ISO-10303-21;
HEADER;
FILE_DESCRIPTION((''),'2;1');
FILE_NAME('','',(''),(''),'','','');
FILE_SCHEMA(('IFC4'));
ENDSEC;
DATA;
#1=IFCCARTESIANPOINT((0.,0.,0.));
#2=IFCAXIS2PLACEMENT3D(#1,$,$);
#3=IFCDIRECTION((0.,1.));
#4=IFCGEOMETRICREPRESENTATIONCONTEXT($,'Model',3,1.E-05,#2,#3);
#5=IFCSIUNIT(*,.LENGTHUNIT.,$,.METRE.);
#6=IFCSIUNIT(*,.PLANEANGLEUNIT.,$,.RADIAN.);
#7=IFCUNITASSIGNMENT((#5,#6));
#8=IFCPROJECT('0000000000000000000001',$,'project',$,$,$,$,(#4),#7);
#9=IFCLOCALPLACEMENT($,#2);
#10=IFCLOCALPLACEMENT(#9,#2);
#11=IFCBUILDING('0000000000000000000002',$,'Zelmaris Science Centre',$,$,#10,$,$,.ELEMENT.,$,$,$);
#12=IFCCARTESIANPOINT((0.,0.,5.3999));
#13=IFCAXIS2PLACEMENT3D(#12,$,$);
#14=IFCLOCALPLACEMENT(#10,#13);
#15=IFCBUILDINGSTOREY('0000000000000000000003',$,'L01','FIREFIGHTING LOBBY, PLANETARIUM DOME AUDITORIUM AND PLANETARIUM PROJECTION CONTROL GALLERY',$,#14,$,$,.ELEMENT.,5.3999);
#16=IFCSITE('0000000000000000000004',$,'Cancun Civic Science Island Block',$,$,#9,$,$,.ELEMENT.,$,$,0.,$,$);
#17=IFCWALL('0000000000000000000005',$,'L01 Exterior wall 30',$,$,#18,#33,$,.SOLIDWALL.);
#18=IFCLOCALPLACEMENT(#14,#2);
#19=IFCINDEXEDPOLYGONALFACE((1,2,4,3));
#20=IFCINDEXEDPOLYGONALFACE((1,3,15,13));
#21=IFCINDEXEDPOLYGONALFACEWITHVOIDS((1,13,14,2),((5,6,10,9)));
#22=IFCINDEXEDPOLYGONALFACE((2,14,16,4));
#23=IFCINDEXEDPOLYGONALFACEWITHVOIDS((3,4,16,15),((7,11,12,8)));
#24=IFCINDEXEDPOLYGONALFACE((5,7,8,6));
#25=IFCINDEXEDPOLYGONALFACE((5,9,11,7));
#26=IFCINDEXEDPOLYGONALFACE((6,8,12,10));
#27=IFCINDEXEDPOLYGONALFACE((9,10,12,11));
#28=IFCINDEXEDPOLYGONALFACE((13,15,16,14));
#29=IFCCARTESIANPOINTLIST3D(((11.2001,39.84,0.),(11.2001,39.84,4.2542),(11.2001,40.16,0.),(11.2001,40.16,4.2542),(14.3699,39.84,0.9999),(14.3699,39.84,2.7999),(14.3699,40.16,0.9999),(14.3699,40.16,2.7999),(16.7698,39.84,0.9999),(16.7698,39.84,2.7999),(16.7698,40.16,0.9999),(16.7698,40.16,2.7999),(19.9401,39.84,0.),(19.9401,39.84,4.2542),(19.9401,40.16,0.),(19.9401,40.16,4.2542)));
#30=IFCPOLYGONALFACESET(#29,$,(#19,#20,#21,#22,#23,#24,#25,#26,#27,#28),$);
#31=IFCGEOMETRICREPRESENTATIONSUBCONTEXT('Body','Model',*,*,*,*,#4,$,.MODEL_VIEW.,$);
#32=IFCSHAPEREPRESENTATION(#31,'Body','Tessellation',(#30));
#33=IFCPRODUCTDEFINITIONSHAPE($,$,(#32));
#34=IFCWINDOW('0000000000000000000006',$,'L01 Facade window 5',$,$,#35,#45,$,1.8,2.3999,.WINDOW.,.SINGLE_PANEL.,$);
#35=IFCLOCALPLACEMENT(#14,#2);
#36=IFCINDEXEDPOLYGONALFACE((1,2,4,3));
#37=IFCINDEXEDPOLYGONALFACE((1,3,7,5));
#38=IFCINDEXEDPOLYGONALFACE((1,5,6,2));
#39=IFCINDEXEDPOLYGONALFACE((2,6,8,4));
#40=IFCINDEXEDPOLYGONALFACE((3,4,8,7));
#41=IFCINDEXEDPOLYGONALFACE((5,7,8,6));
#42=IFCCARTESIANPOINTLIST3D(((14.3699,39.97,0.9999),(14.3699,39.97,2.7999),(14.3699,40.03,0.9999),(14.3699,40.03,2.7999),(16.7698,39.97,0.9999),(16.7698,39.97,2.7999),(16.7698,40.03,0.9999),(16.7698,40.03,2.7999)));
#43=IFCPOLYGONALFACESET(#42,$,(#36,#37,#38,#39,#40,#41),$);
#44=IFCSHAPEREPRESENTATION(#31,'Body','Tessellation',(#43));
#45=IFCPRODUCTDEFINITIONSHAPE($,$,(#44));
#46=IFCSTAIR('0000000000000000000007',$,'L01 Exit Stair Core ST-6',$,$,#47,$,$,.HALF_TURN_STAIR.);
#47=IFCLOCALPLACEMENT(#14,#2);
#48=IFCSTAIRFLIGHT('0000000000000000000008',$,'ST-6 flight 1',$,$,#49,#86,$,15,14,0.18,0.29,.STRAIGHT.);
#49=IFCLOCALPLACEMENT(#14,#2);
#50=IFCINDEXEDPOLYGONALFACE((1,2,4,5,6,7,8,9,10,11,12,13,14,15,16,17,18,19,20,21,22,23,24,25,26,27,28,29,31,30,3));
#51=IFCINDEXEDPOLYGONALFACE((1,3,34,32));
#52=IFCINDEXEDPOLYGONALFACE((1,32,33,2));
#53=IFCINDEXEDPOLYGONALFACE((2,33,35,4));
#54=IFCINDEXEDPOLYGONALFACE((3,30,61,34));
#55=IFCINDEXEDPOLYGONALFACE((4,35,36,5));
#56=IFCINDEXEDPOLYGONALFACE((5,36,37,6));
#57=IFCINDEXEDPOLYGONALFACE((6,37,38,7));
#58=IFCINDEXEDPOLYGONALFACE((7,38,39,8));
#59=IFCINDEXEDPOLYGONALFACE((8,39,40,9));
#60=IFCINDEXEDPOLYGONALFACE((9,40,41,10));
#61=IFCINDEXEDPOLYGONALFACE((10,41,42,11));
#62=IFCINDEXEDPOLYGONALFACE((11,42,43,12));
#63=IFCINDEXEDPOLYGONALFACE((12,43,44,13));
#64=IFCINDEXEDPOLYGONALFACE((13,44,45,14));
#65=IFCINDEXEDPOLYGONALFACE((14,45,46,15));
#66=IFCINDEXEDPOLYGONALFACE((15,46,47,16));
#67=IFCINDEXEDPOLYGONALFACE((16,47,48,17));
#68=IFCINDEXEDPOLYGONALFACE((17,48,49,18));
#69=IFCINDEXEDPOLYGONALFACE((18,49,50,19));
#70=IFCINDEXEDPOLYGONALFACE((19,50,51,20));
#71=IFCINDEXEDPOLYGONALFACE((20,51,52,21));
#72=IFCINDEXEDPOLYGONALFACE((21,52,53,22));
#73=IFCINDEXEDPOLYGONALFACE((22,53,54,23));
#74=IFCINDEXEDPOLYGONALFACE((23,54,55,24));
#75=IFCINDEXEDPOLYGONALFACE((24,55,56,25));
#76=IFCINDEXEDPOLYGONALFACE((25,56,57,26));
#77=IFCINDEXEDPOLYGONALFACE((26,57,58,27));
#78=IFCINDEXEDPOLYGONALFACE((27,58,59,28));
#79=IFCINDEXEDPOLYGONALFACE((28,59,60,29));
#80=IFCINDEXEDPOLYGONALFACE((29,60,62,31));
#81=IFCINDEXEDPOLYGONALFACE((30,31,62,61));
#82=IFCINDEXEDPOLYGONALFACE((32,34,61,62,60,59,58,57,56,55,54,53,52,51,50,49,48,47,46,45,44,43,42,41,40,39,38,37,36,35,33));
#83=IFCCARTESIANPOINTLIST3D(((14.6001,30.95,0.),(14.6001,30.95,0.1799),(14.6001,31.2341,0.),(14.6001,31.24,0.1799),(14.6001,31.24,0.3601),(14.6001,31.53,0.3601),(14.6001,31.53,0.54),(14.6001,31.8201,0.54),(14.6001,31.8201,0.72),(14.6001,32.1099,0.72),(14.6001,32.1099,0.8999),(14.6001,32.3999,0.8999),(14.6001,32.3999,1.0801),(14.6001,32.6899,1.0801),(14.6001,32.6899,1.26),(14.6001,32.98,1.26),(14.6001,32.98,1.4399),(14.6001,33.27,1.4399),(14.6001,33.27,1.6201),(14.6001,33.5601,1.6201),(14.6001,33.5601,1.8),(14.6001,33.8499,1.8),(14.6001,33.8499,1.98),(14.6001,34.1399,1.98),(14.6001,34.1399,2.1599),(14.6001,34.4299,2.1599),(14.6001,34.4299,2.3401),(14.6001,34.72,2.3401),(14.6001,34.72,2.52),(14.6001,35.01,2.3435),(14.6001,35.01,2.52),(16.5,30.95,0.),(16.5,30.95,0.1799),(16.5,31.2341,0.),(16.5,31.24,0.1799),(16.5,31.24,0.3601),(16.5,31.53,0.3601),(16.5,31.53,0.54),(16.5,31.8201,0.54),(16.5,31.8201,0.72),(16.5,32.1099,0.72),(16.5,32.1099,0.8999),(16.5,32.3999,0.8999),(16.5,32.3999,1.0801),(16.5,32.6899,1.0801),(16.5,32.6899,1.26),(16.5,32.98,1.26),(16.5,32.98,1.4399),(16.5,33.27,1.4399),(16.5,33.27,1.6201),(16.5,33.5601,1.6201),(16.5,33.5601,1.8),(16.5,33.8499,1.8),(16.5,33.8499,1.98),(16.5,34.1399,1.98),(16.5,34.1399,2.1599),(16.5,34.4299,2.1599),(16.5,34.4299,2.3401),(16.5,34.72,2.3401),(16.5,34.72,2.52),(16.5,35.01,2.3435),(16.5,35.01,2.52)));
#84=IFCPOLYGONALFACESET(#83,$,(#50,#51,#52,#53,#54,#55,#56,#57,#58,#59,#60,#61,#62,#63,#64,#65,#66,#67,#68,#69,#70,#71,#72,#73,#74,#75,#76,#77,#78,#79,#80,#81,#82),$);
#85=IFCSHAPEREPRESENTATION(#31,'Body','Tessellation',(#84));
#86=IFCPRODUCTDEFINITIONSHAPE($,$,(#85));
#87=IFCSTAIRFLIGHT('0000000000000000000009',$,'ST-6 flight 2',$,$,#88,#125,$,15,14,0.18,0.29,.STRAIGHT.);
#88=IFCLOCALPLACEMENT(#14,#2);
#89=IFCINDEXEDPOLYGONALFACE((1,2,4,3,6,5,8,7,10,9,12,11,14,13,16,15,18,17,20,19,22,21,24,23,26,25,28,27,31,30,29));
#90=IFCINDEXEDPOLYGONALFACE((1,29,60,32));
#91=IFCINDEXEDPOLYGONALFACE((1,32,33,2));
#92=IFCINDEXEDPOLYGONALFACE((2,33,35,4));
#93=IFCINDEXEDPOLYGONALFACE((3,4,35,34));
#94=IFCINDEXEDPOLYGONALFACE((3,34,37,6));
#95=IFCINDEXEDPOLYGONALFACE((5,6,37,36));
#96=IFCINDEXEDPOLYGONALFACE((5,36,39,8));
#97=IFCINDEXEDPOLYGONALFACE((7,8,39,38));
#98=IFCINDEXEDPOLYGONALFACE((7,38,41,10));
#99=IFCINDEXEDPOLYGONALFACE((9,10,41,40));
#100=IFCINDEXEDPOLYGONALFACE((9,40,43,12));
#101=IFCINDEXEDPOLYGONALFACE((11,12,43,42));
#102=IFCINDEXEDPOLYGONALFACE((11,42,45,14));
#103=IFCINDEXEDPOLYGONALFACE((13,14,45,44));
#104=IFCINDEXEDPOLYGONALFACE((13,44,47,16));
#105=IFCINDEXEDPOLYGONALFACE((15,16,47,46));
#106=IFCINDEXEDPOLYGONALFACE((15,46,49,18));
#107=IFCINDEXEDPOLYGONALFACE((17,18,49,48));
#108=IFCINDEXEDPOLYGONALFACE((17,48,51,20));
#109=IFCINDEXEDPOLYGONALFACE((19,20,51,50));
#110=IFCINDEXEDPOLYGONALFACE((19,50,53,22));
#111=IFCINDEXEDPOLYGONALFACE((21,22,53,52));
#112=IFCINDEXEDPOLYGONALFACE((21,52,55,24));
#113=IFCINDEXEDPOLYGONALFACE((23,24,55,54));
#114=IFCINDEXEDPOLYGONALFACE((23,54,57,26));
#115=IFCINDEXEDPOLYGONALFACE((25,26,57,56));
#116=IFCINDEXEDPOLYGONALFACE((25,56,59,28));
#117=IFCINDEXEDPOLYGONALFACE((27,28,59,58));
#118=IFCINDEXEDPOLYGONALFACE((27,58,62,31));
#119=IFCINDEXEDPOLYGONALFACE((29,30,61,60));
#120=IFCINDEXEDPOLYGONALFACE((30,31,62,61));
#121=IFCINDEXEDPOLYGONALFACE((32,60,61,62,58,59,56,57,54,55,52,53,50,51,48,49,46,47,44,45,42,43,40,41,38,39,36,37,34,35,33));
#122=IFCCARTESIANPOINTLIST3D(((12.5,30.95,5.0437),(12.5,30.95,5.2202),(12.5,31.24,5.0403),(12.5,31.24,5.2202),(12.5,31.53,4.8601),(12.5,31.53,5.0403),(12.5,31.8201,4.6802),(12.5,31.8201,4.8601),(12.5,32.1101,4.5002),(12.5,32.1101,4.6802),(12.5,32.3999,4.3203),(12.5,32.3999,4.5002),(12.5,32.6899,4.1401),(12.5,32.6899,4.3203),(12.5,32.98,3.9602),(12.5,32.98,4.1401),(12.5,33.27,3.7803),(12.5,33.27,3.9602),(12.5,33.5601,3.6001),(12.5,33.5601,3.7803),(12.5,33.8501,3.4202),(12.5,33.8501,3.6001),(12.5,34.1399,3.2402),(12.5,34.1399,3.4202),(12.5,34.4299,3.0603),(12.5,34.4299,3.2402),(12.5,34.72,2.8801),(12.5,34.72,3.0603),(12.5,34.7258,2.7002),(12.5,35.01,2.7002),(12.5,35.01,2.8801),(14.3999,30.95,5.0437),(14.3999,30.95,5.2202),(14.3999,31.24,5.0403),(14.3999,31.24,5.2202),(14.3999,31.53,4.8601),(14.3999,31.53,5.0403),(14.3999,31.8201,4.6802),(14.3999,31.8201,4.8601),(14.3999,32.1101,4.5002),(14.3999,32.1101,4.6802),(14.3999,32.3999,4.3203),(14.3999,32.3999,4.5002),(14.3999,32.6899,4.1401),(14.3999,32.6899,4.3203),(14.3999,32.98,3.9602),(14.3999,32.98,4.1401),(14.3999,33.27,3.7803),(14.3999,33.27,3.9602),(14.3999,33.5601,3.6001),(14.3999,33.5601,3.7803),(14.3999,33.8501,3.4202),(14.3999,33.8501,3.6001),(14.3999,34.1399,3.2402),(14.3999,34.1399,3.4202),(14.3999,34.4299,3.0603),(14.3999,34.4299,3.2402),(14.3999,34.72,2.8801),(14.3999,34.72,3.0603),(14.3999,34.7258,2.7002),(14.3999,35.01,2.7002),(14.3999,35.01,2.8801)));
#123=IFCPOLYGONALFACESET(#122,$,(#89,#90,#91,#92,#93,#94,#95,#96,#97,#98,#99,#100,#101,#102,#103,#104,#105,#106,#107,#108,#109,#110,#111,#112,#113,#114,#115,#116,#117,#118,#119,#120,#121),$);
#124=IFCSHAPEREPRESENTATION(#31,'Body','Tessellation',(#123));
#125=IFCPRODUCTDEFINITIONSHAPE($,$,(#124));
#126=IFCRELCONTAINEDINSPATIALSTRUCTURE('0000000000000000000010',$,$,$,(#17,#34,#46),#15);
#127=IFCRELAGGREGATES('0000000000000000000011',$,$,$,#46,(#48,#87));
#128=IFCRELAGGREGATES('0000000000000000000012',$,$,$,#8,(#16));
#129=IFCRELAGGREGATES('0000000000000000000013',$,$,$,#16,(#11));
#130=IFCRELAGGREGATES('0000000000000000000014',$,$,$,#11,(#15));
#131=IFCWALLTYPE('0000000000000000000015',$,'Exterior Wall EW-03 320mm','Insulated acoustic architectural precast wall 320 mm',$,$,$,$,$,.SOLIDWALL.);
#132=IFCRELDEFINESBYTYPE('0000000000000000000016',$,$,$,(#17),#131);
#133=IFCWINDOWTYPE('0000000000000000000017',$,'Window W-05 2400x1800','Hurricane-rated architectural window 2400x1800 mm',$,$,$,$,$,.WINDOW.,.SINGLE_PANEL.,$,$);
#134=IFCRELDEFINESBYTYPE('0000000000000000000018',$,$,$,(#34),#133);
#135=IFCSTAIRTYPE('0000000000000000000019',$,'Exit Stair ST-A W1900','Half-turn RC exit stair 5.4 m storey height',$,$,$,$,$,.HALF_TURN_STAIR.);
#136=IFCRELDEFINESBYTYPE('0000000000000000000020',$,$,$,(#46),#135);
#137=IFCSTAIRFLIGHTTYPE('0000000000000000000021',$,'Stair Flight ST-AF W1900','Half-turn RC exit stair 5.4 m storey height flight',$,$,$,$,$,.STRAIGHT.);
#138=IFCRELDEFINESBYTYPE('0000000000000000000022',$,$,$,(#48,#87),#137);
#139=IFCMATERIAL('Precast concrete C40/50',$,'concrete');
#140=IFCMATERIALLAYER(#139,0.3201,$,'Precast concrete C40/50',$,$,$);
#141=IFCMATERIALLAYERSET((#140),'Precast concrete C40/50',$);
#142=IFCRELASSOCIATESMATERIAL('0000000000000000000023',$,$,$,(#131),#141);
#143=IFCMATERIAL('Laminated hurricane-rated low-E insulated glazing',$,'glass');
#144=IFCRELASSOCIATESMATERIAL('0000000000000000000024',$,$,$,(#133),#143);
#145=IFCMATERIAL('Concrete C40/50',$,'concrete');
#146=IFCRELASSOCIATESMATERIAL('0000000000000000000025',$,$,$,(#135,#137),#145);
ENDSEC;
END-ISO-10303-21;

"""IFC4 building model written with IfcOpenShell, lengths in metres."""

from ifc_helpers import new_model, si_unit, direction, frame, frame_2d, origin, place, context, subcontext, project, spatial, polyline, rectangle, outline, extrude, material, layer, layer_set, type_object, element, fill, aggregate, save


model = new_model("IFC4")

# Units and contexts
model_context = context("Model", 3, precision=1e-05, world=origin(), true_north=direction((0.0, 1.0)))
body_context = subcontext(model_context, "Body", "Model", "MODEL_VIEW")
ifc_project = project(units=[si_unit("LENGTHUNIT", "METRE"), si_unit("PLANEANGLEUNIT", "RADIAN")], contexts=[model_context])

# Site, building, storey
site_placement = place(None, origin())
site = spatial("IfcSite", under=ifc_project, at=site_placement, Name="Cancun Civic Science Island Block", CompositionType="ELEMENT", RefElevation=0.0)
building_placement = place(site_placement, origin())
building = spatial("IfcBuilding", under=site, at=building_placement, Name="Zelmaris Science Centre", CompositionType="ELEMENT")
storey_placement = place(building_placement, frame((0.0, 0.0, 5.3999)))
storey = spatial("IfcBuildingStorey", under=building, at=storey_placement, Name="L01", Description="FIREFIGHTING LOBBY, PLANETARIUM DOME AUDITORIUM AND PLANETARIUM PROJECTION CONTROL GALLERY", CompositionType="ELEMENT", Elevation=5.3999)

# Shared definitions
ifc_material_1 = material(Name="Concrete C40/50", Category="concrete")
ifc_material_2 = material(Name="Precast concrete C40/50", Category="concrete")
ifc_layer_1 = layer(ifc_material_2, 0.3201, Name="Precast concrete C40/50")
ifc_layer_set_1 = layer_set([ifc_layer_1], Name="Precast concrete C40/50")
wall_type_1 = type_object("IfcWallType", Name="Exterior Wall EW-03 320mm", Description="Insulated acoustic architectural precast wall 320 mm", PredefinedType="SOLIDWALL", material=ifc_layer_set_1)

# Wall, opening, window
wall_1_placement = place(storey_placement, frame((11.2, 40.0, 0.0), z_axis=(0.0, 0.0, 1.0), x_axis=(1.0, 0.0, 0.0)))
wall_1 = element("IfcWall", 1, at=wall_1_placement, inside=storey, type_object=wall_type_1, Name="L01 Exterior wall 30", PredefinedType="SOLIDWALL", context=body_context, shape_type="SweptSolid", body=[
    extrude(rectangle(XDim=8.74, YDim=0.3201, at=frame_2d((4.3701, 0.0))), origin(), (0.0, 0.0, 1.0), 4.2542),
])
opening_placement = place(wall_1_placement, frame((3.1699, 0.0, 1.0)))
opening = element("IfcOpeningElement", 2, at=opening_placement, cuts=wall_1, PredefinedType="OPENING", context=body_context, shape_type="SweptSolid", body=[
    extrude(rectangle(XDim=2.3999, YDim=1.8, at=frame_2d((1.2, 0.8999))), frame((0.0, 0.1699, 0.0), z_axis=(0.0, -1.0, 0.0), x_axis=(1.0, 0.0, 0.0)), (0.0, 0.0, 1.0), 0.3401),
])
ifc_material_3 = material(Name="Laminated hurricane-rated low-E insulated glazing", Category="glass")
window_type = type_object("IfcWindowType", Name="Window W-05 2400x1800", Description="Hurricane-rated architectural window 2400x1800 mm", PartitioningType="SINGLE_PANEL", PredefinedType="WINDOW", material=ifc_material_3)
window_placement = place(opening_placement, origin())
window = element("IfcWindow", 3, at=window_placement, inside=storey, type_object=window_type, Name="L01 Facade window 5", OverallHeight=1.8, OverallWidth=2.3999, PartitioningType="SINGLE_PANEL", PredefinedType="WINDOW", context=body_context, shape_type="SweptSolid", body=[
    extrude(rectangle(XDim=2.3999, YDim=1.8, at=frame_2d((1.2, 0.8999))), frame((0.0, 0.03, 0.0), z_axis=(0.0, -1.0, 0.0), x_axis=(1.0, 0.0, 0.0)), (0.0, 0.0, 1.0), 0.0601),
])
fill(opening, window)

# Stair, stair flights
stair_type = type_object("IfcStairType", Name="Exit Stair ST-A W1900", Description="Half-turn RC exit stair 5.4 m storey height", PredefinedType="HALF_TURN_STAIR", material=ifc_material_1)
stair_placement = place(storey_placement, origin())
stair = element("IfcStair", 4, at=stair_placement, inside=storey, type_object=stair_type, Name="L01 Exit Stair Core ST-6", PredefinedType="HALF_TURN_STAIR")
stair_flight_type = type_object("IfcStairFlightType", Name="Stair Flight ST-AF W1900", Description="Half-turn RC exit stair 5.4 m storey height flight", PredefinedType="STRAIGHT", material=ifc_material_1)
stair_flight_1_placement = place(storey_placement, frame((15.55, 30.95, 0.0), z_axis=(0.0, 0.0, 1.0), x_axis=(0.0, 1.0, 0.0)))
stair_flight_1 = element("IfcStairFlight", 5, at=stair_flight_1_placement, type_object=stair_flight_type, Name="ST-6 flight 1", NumberOfRisers=15, NumberOfTreads=14, PredefinedType="STRAIGHT", RiserHeight=0.18, TreadLength=0.29, context=body_context, shape_type="SweptSolid", body=[
    extrude(outline(polyline([(0.0, 0.0), (0.0, 0.1799), (0.29, 0.1799), (0.29, 0.3601), (0.5801, 0.3601), (0.5801, 0.54), (0.8701, 0.54), (0.8701, 0.72), (1.1599, 0.72), (1.1599, 0.8999), (1.45, 0.8999), (1.45, 1.0801), (1.74, 1.0801), (1.74, 1.26), (2.03, 1.26), (2.03, 1.4399), (2.3201, 1.4399), (2.3201, 1.6201), (2.6101, 1.6201), (2.6101, 1.8), (2.8999, 1.8), (2.8999, 1.98), (3.1899, 1.98), (3.1899, 2.1599), (3.48, 2.1599), (3.48, 2.3401), (3.77, 2.3401), (3.77, 2.52), (4.0601, 2.52), (4.0601, 2.7), (4.0601, 2.3435), (0.2842, 0.0), (0.0, 0.0)])), frame((0.0, 0.95, 0.0), z_axis=(0.0, -1.0, 0.0), x_axis=(1.0, 0.0, 0.0)), (0.0, 0.0, 1.0), 1.8999),
])
stair_flight_2_placement = place(storey_placement, frame((13.45, 35.01, 2.7002), z_axis=(0.0, 0.0, 1.0), x_axis=(0.0, -1.0, 0.0)))
stair_flight_2 = element("IfcStairFlight", 6, at=stair_flight_2_placement, type_object=stair_flight_type, Name="ST-6 flight 2", NumberOfRisers=15, NumberOfTreads=14, PredefinedType="STRAIGHT", RiserHeight=0.18, TreadLength=0.29, context=body_context, shape_type="SweptSolid", body=[
    extrude(outline(polyline([(0.0, 0.0), (0.0, 0.1799), (0.29, 0.1799), (0.29, 0.3601), (0.5801, 0.3601), (0.5801, 0.54), (0.8701, 0.54), (0.8701, 0.72), (1.1599, 0.72), (1.1599, 0.8999), (1.45, 0.8999), (1.45, 1.0801), (1.74, 1.0801), (1.74, 1.26), (2.03, 1.26), (2.03, 1.4399), (2.3201, 1.4399), (2.3201, 1.6201), (2.6101, 1.6201), (2.6101, 1.8), (2.8999, 1.8), (2.8999, 1.98), (3.1899, 1.98), (3.1899, 2.1599), (3.48, 2.1599), (3.48, 2.3401), (3.77, 2.3401), (3.77, 2.52), (4.0601, 2.52), (4.0601, 2.7), (4.0601, 2.3435), (0.2842, 0.0), (0.0, 0.0)])), frame((0.0, 0.95, 0.0), z_axis=(0.0, -1.0, 0.0), x_axis=(1.0, 0.0, 0.0)), (0.0, 0.0, 1.0), 1.8999),
])
aggregate(stair, [stair_flight_1, stair_flight_2])

save(model, "model.ifc")
